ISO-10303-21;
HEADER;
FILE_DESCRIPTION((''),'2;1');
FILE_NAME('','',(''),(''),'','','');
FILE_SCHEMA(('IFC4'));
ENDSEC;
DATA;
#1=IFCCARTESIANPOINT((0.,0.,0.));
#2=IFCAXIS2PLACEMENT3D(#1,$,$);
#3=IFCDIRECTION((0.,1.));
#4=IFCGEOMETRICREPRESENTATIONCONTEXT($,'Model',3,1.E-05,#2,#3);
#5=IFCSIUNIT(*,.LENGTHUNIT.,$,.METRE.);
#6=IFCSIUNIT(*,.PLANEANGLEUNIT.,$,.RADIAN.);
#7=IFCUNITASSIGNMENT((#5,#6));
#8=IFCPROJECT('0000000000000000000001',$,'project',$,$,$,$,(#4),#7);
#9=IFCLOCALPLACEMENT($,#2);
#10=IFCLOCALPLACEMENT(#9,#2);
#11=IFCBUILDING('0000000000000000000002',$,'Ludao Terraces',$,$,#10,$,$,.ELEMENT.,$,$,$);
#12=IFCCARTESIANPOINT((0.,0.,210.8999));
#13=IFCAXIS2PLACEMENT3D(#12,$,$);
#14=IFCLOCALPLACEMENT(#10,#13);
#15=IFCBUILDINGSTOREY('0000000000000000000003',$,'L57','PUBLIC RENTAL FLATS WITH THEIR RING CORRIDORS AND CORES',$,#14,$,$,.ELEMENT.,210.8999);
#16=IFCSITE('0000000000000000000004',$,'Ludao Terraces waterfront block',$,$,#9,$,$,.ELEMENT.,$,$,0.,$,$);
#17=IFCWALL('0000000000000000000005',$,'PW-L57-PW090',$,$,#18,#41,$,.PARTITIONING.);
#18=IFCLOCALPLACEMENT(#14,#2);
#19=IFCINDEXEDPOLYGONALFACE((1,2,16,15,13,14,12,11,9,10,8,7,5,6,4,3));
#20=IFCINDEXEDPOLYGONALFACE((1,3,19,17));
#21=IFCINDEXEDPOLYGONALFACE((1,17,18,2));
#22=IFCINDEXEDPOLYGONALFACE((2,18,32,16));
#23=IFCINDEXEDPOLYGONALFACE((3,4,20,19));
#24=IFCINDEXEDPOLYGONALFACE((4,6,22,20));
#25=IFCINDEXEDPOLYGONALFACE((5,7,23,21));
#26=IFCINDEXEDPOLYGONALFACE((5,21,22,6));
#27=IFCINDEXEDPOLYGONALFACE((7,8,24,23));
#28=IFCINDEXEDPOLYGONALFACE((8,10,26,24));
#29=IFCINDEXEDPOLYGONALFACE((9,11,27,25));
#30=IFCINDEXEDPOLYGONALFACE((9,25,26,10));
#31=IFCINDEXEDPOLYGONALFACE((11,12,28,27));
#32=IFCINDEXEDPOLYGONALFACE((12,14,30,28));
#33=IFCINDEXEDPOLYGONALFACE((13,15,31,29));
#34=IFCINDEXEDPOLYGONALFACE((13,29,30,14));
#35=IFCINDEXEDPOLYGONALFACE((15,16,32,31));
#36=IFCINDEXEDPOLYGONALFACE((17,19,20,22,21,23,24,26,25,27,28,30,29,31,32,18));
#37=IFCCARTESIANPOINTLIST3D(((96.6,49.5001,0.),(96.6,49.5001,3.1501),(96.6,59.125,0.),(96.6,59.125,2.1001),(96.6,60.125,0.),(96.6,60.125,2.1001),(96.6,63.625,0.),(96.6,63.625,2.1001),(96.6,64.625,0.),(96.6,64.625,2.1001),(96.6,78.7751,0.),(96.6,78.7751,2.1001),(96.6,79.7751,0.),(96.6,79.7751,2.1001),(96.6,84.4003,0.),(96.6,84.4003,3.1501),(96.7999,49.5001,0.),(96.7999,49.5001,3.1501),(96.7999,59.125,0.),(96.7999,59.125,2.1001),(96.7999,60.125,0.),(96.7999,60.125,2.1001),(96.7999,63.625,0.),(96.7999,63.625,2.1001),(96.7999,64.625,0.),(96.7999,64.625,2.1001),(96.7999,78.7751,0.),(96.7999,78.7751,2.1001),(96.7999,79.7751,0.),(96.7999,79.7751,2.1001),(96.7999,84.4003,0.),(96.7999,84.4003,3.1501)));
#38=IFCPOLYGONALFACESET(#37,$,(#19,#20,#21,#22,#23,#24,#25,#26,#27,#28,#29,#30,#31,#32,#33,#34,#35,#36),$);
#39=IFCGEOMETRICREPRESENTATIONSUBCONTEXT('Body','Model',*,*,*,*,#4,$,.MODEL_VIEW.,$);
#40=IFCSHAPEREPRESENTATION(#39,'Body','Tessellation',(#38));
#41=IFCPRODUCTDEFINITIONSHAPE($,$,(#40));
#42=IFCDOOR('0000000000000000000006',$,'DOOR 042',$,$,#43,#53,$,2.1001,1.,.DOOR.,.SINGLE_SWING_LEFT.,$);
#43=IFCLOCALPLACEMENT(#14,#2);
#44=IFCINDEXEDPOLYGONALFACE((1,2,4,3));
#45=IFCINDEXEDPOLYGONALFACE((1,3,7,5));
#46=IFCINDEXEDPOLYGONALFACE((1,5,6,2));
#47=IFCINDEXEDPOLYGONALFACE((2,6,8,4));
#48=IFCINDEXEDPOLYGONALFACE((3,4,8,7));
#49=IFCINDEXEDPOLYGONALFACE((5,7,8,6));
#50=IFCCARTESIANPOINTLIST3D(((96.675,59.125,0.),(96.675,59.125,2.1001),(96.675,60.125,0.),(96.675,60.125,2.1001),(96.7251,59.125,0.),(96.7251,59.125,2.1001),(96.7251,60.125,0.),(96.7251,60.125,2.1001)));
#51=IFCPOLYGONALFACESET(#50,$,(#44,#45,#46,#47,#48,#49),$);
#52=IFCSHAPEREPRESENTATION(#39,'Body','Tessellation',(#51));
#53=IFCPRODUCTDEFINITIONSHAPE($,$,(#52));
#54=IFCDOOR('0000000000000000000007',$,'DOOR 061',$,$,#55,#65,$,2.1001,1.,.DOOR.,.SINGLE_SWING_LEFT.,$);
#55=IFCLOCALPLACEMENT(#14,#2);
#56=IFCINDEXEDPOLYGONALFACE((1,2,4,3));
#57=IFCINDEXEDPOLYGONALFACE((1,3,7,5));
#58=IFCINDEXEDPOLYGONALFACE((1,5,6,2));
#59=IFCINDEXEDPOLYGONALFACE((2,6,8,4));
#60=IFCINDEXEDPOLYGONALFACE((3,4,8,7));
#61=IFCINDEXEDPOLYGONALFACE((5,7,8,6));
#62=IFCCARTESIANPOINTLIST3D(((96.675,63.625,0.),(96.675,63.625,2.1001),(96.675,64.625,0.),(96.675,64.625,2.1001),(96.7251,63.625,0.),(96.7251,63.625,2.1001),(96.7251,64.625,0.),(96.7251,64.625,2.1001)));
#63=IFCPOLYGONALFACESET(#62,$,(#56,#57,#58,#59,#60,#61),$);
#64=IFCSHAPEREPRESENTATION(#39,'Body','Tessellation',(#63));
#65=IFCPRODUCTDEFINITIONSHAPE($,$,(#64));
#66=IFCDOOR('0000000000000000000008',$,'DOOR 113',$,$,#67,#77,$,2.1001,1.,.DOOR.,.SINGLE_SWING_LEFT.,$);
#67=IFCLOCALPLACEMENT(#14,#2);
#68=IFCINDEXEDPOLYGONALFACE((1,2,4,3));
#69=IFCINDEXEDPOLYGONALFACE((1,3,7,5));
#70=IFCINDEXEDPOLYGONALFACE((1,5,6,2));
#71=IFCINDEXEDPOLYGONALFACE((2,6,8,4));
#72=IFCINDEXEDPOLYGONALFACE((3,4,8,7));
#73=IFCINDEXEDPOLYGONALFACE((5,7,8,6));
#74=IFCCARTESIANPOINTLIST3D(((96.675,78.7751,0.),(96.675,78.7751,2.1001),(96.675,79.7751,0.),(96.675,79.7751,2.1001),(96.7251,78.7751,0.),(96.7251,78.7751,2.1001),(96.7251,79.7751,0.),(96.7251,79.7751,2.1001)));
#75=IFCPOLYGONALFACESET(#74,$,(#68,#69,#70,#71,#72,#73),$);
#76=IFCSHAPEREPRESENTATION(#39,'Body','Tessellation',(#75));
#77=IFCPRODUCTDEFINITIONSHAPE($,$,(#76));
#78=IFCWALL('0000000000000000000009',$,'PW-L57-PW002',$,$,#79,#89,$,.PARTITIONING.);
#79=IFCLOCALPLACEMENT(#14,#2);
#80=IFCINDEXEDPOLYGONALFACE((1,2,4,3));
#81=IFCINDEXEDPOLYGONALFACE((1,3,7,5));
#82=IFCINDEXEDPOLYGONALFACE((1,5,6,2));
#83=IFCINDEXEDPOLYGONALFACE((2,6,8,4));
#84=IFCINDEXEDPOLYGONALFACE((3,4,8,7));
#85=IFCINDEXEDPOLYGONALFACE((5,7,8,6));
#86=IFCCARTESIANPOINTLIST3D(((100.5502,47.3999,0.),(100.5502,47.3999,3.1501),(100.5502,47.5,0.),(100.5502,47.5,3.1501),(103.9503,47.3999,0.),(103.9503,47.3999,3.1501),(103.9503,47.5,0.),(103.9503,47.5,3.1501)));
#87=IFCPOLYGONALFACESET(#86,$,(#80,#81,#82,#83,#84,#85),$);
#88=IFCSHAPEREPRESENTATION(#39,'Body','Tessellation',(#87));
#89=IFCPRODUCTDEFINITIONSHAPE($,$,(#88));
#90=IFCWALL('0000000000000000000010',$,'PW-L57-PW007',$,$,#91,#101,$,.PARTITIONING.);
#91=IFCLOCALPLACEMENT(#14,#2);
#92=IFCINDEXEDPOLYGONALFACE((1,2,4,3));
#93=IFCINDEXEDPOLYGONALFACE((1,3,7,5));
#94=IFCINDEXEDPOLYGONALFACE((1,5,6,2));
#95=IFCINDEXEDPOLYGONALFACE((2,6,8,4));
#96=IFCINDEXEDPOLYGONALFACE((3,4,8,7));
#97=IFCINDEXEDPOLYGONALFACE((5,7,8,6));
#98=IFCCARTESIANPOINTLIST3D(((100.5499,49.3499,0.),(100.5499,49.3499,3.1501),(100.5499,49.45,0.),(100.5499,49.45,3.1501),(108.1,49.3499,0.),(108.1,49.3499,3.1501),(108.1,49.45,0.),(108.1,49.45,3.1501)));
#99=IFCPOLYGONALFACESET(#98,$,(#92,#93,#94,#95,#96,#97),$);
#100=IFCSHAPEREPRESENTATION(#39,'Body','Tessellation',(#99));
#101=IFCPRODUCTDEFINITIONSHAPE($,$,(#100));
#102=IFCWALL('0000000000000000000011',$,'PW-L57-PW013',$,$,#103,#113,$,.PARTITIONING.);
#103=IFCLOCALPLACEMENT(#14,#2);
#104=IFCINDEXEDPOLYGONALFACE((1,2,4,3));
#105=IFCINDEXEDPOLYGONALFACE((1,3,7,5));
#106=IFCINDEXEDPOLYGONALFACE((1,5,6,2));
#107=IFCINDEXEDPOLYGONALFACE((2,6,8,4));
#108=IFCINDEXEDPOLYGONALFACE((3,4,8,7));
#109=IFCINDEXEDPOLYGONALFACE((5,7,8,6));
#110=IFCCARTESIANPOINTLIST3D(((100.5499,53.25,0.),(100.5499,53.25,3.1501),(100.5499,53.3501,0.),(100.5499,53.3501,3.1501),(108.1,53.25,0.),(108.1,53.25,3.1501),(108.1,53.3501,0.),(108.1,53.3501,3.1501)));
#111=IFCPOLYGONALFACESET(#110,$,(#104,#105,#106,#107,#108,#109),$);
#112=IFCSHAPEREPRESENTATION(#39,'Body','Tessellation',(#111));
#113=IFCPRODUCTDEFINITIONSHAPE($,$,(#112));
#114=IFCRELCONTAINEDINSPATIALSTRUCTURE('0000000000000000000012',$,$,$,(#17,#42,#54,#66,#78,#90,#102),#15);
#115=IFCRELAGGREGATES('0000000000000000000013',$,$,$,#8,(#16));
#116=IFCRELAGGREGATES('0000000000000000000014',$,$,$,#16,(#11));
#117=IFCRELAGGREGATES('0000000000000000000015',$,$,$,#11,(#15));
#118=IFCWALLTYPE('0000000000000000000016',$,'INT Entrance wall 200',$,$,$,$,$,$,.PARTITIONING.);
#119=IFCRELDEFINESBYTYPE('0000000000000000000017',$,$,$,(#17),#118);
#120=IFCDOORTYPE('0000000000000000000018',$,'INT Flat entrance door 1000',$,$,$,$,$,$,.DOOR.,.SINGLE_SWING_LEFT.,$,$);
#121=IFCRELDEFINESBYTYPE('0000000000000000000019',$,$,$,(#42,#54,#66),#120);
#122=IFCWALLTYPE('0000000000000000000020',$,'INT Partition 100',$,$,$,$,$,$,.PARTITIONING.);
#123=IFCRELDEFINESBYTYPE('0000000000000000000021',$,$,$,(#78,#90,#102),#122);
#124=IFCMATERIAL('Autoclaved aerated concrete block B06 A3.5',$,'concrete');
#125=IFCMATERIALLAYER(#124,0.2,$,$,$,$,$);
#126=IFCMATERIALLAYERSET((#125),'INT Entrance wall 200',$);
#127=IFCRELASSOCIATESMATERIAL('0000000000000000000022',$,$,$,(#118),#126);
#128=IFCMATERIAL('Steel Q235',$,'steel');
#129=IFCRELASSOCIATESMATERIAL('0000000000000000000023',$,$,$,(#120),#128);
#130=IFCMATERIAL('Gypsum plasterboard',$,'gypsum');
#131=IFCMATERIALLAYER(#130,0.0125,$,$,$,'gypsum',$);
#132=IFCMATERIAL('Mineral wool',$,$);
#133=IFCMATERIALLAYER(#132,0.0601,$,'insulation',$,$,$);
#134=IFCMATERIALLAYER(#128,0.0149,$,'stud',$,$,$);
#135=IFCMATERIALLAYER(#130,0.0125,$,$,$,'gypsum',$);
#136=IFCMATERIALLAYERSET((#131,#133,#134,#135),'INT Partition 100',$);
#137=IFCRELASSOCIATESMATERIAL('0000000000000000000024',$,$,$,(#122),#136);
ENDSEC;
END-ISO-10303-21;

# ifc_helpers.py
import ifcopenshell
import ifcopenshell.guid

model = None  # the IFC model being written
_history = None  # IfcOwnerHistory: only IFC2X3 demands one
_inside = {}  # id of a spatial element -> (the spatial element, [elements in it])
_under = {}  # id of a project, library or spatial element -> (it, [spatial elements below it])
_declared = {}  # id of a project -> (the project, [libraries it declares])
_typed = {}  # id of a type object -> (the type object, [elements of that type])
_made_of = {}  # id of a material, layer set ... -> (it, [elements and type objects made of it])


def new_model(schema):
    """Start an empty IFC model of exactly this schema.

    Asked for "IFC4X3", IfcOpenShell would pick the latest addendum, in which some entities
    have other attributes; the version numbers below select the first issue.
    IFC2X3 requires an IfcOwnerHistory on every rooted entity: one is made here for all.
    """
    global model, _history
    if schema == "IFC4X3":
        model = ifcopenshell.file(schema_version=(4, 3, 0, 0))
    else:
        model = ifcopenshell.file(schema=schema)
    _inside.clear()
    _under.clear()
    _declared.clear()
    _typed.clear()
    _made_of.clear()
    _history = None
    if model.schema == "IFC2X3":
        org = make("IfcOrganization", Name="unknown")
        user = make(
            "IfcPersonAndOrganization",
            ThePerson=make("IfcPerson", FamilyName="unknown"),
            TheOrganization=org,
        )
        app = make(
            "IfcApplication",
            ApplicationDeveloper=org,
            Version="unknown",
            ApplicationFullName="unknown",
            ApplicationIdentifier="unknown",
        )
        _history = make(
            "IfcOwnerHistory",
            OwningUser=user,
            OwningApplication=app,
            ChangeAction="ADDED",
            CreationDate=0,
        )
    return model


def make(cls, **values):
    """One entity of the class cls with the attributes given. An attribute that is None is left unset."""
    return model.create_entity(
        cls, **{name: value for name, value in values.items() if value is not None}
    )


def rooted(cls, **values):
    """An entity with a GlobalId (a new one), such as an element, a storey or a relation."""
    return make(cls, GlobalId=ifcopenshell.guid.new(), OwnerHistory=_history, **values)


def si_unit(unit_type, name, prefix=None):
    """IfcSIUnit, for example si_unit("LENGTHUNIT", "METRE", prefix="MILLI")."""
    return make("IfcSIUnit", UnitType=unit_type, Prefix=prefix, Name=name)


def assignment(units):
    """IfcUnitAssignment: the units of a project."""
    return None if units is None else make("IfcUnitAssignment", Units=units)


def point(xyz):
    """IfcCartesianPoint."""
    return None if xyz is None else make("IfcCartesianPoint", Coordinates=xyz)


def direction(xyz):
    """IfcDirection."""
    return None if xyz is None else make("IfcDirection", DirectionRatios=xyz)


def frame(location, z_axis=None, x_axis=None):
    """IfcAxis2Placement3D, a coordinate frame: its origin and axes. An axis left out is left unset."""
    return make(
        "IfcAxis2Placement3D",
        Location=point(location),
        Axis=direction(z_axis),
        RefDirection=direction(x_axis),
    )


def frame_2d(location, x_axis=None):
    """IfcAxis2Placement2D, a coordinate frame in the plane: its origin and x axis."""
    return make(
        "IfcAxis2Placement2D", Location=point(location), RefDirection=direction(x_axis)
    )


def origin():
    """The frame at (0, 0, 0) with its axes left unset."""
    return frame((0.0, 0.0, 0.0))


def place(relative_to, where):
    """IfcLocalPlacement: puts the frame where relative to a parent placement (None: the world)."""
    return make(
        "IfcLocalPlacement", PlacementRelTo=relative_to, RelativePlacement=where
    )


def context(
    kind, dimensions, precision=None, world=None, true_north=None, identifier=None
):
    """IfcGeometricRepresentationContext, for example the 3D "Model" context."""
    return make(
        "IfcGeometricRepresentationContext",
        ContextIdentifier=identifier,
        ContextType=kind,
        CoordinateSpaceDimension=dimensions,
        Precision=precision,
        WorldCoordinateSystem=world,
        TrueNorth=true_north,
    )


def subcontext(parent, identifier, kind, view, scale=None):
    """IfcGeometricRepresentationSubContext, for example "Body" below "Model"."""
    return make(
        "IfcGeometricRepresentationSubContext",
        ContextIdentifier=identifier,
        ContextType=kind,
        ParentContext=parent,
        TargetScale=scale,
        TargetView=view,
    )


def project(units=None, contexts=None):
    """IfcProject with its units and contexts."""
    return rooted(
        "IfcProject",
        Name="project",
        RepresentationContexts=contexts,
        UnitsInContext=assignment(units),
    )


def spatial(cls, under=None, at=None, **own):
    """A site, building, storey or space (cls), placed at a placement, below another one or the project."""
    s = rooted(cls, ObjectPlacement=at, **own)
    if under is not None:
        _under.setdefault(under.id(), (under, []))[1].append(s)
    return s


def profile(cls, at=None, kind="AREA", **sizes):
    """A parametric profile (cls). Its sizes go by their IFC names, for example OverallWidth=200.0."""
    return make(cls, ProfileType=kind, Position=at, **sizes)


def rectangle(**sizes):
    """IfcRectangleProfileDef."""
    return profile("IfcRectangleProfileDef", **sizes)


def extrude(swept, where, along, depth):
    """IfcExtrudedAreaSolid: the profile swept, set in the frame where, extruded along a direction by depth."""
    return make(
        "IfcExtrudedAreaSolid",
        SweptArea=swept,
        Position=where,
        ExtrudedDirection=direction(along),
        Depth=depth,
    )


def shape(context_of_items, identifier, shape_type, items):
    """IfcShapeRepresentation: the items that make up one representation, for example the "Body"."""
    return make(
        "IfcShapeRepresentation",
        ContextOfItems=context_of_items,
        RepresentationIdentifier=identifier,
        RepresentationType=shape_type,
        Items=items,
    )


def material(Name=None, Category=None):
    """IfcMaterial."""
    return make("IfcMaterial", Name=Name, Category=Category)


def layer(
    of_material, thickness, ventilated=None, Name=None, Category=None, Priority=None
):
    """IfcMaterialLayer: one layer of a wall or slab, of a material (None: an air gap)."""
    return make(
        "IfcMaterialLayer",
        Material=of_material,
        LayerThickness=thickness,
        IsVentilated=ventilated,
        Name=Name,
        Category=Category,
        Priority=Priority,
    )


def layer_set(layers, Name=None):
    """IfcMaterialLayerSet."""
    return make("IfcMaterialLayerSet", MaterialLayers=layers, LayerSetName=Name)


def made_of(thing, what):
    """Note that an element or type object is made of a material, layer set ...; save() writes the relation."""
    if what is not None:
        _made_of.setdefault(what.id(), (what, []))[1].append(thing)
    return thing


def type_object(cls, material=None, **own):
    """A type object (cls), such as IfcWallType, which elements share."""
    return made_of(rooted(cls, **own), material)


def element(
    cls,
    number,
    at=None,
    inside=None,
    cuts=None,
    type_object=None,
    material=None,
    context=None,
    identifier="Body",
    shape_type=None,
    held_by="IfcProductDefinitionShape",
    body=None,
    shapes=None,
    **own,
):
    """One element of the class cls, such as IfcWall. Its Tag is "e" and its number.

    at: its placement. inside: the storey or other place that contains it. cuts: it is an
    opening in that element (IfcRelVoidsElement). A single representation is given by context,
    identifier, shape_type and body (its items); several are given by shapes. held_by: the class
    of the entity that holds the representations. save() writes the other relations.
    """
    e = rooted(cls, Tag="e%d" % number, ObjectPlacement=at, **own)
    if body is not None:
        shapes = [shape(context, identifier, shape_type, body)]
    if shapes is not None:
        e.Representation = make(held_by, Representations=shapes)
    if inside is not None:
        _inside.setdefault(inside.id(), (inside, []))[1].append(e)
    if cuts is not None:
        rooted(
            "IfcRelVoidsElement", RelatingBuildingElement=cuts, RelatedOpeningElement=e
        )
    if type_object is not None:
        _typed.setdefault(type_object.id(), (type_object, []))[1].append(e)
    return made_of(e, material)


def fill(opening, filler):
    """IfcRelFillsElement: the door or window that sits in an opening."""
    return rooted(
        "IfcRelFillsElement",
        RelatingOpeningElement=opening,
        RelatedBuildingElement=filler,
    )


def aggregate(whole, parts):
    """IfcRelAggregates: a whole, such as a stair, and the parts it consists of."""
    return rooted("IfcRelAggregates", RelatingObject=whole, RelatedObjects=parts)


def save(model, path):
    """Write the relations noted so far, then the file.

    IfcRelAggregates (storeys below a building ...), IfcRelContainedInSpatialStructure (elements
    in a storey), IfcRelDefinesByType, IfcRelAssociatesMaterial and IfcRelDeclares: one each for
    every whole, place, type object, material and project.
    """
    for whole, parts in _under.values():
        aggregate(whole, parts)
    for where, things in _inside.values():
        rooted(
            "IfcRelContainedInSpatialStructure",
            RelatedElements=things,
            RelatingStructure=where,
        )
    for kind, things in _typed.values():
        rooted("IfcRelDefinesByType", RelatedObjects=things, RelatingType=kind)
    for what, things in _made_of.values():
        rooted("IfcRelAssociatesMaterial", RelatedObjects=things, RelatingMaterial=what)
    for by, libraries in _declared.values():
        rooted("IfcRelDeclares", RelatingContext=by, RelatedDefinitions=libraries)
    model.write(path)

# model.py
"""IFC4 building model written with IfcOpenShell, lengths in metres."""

from ifc_helpers import new_model, si_unit, direction, frame, frame_2d, origin, place, context, subcontext, project, spatial, rectangle, extrude, material, layer, layer_set, type_object, element, fill, save


model = new_model("IFC4")

# Units and contexts
model_context = context("Model", 3, precision=1e-05, world=origin(), true_north=direction((0.0, 1.0)))
body_context = subcontext(model_context, "Body", "Model", "MODEL_VIEW")
ifc_project = project(units=[si_unit("LENGTHUNIT", "METRE"), si_unit("PLANEANGLEUNIT", "RADIAN")], contexts=[model_context])

# Site, building, storey
site_placement = place(None, origin())
site = spatial("IfcSite", under=ifc_project, at=site_placement, Name="Ludao Terraces waterfront block", CompositionType="ELEMENT", RefElevation=0.0)
building_placement = place(site_placement, origin())
building = spatial("IfcBuilding", under=site, at=building_placement, Name="Ludao Terraces", CompositionType="ELEMENT")
storey_placement = place(building_placement, frame((0.0, 0.0, 210.8999)))
storey = spatial("IfcBuildingStorey", under=building, at=storey_placement, Name="L57", Description="PUBLIC RENTAL FLATS WITH THEIR RING CORRIDORS AND CORES", CompositionType="ELEMENT", Elevation=210.8999)

# Wall, openings, doors
ifc_material_1 = material(Name="Autoclaved aerated concrete block B06 A3.5", Category="concrete")
ifc_layer_1 = layer(ifc_material_1, 0.2)
ifc_layer_set_1 = layer_set([ifc_layer_1], Name="INT Entrance wall 200")
wall_type_1 = type_object("IfcWallType", Name="INT Entrance wall 200", PredefinedType="PARTITIONING", material=ifc_layer_set_1)
wall_1_placement = place(storey_placement, frame((96.7, 49.5, 0.0), z_axis=(0.0, 0.0, 1.0), x_axis=(0.0, 1.0, 0.0)))
wall_1 = element("IfcWall", 1, at=wall_1_placement, inside=storey, type_object=wall_type_1, Name="PW-L57-PW090", PredefinedType="PARTITIONING", context=body_context, shape_type="SweptSolid", body=[
    extrude(rectangle(XDim=34.9001, YDim=0.2, at=frame_2d((17.4502, 0.0))), origin(), (0.0, 0.0, 1.0), 3.1501),
])
opening_1_placement = place(wall_1_placement, frame((9.625, 0.0, 0.0)))
opening_1 = element("IfcOpeningElement", 2, at=opening_1_placement, cuts=wall_1, PredefinedType="OPENING", context=body_context, shape_type="SweptSolid", body=[
    extrude(rectangle(XDim=1.0, YDim=2.1001, at=frame_2d((0.5, 1.05))), frame((0.0, 0.1099, 0.0), z_axis=(0.0, -1.0, 0.0), x_axis=(1.0, 0.0, 0.0)), (0.0, 0.0, 1.0), 0.22),
])
opening_2_placement = place(wall_1_placement, frame((14.125, 0.0, 0.0)))
opening_2 = element("IfcOpeningElement", 3, at=opening_2_placement, cuts=wall_1, PredefinedType="OPENING", context=body_context, shape_type="SweptSolid", body=[
    extrude(rectangle(XDim=1.0, YDim=2.1001, at=frame_2d((0.5, 1.05))), frame((0.0, 0.1099, 0.0), z_axis=(0.0, -1.0, 0.0), x_axis=(1.0, 0.0, 0.0)), (0.0, 0.0, 1.0), 0.22),
])
opening_3_placement = place(wall_1_placement, frame((29.2751, 0.0, 0.0)))
opening_3 = element("IfcOpeningElement", 4, at=opening_3_placement, cuts=wall_1, PredefinedType="OPENING", context=body_context, shape_type="SweptSolid", body=[
    extrude(rectangle(XDim=1.0, YDim=2.1001, at=frame_2d((0.5, 1.05))), frame((0.0, 0.1099, 0.0), z_axis=(0.0, -1.0, 0.0), x_axis=(1.0, 0.0, 0.0)), (0.0, 0.0, 1.0), 0.22),
])
ifc_material_2 = material(Name="Steel Q235", Category="steel")
door_type_1 = type_object("IfcDoorType", Name="INT Flat entrance door 1000", OperationType="SINGLE_SWING_LEFT", PredefinedType="DOOR", material=ifc_material_2)
door_1_placement = place(opening_1_placement, origin())
door_1 = element("IfcDoor", 5, at=door_1_placement, inside=storey, type_object=door_type_1, Name="DOOR 042", OperationType="SINGLE_SWING_LEFT", OverallHeight=2.1001, OverallWidth=1.0, PredefinedType="DOOR", context=body_context, shape_type="SweptSolid", body=[
    extrude(rectangle(XDim=1.0, YDim=2.1001, at=frame_2d((0.5, 1.05))), frame((0.0, 0.0249, 0.0), z_axis=(0.0, -1.0, 0.0), x_axis=(1.0, 0.0, 0.0)), (0.0, 0.0, 1.0), 0.05),
])
fill(opening_1, door_1)
door_2_placement = place(opening_2_placement, origin())
door_2 = element("IfcDoor", 6, at=door_2_placement, inside=storey, type_object=door_type_1, Name="DOOR 061", OperationType="SINGLE_SWING_LEFT", OverallHeight=2.1001, OverallWidth=1.0, PredefinedType="DOOR", context=body_context, shape_type="SweptSolid", body=[
    extrude(rectangle(XDim=1.0, YDim=2.1001, at=frame_2d((0.5, 1.05))), frame((0.0, 0.0249, 0.0), z_axis=(0.0, -1.0, 0.0), x_axis=(1.0, 0.0, 0.0)), (0.0, 0.0, 1.0), 0.05),
])
fill(opening_2, door_2)
door_3_placement = place(opening_3_placement, origin())
door_3 = element("IfcDoor", 7, at=door_3_placement, inside=storey, type_object=door_type_1, Name="DOOR 113", OperationType="SINGLE_SWING_LEFT", OverallHeight=2.1001, OverallWidth=1.0, PredefinedType="DOOR", context=body_context, shape_type="SweptSolid", body=[
    extrude(rectangle(XDim=1.0, YDim=2.1001, at=frame_2d((0.5, 1.05))), frame((0.0, 0.0249, 0.0), z_axis=(0.0, -1.0, 0.0), x_axis=(1.0, 0.0, 0.0)), (0.0, 0.0, 1.0), 0.05),
])
fill(opening_3, door_3)

# Walls
ifc_material_3 = material(Name="Gypsum plasterboard", Category="gypsum")
ifc_layer_2 = layer(ifc_material_3, 0.0125, Category="gypsum")
ifc_material_4 = material(Name="Mineral wool")
ifc_layer_3 = layer(ifc_material_4, 0.0601, Name="insulation")
ifc_layer_4 = layer(ifc_material_2, 0.0149, Name="stud")
ifc_layer_5 = layer(ifc_material_3, 0.0125, Category="gypsum")
ifc_layer_set_2 = layer_set([ifc_layer_2, ifc_layer_3, ifc_layer_4, ifc_layer_5], Name="INT Partition 100")
wall_type_2 = type_object("IfcWallType", Name="INT Partition 100", PredefinedType="PARTITIONING", material=ifc_layer_set_2)
wall_2_placement = place(storey_placement, frame((100.55, 47.45, 0.0), z_axis=(0.0, 0.0, 1.0), x_axis=(1.0, 0.0, 0.0)))
element("IfcWall", 8, at=wall_2_placement, inside=storey, type_object=wall_type_2, Name="PW-L57-PW002", PredefinedType="PARTITIONING", context=body_context, shape_type="SweptSolid", body=[
    extrude(rectangle(XDim=3.4001, YDim=0.1001, at=frame_2d((1.7002, 0.0))), origin(), (0.0, 0.0, 1.0), 3.1501),
])
for number, where, z_axis, x_axis, name in (
    (9, (100.55, 49.3999, 0.0), (0.0, 0.0, 1.0), (1.0, 0.0, 0.0), "PW-L57-PW007"),
    (10, (100.55, 53.3, 0.0), (0.0, 0.0, 1.0), (1.0, 0.0, 0.0), "PW-L57-PW013"),
):
    element("IfcWall", number, at=place(storey_placement, frame(where, z_axis=z_axis, x_axis=x_axis)), inside=storey, type_object=wall_type_2, Name=name, PredefinedType="PARTITIONING", context=body_context, shape_type="SweptSolid", body=[
        extrude(rectangle(XDim=7.55, YDim=0.1001, at=frame_2d((3.7749, 0.0))), origin(), (0.0, 0.0, 1.0), 3.1501),
    ])

save(model, "model.ifc")
